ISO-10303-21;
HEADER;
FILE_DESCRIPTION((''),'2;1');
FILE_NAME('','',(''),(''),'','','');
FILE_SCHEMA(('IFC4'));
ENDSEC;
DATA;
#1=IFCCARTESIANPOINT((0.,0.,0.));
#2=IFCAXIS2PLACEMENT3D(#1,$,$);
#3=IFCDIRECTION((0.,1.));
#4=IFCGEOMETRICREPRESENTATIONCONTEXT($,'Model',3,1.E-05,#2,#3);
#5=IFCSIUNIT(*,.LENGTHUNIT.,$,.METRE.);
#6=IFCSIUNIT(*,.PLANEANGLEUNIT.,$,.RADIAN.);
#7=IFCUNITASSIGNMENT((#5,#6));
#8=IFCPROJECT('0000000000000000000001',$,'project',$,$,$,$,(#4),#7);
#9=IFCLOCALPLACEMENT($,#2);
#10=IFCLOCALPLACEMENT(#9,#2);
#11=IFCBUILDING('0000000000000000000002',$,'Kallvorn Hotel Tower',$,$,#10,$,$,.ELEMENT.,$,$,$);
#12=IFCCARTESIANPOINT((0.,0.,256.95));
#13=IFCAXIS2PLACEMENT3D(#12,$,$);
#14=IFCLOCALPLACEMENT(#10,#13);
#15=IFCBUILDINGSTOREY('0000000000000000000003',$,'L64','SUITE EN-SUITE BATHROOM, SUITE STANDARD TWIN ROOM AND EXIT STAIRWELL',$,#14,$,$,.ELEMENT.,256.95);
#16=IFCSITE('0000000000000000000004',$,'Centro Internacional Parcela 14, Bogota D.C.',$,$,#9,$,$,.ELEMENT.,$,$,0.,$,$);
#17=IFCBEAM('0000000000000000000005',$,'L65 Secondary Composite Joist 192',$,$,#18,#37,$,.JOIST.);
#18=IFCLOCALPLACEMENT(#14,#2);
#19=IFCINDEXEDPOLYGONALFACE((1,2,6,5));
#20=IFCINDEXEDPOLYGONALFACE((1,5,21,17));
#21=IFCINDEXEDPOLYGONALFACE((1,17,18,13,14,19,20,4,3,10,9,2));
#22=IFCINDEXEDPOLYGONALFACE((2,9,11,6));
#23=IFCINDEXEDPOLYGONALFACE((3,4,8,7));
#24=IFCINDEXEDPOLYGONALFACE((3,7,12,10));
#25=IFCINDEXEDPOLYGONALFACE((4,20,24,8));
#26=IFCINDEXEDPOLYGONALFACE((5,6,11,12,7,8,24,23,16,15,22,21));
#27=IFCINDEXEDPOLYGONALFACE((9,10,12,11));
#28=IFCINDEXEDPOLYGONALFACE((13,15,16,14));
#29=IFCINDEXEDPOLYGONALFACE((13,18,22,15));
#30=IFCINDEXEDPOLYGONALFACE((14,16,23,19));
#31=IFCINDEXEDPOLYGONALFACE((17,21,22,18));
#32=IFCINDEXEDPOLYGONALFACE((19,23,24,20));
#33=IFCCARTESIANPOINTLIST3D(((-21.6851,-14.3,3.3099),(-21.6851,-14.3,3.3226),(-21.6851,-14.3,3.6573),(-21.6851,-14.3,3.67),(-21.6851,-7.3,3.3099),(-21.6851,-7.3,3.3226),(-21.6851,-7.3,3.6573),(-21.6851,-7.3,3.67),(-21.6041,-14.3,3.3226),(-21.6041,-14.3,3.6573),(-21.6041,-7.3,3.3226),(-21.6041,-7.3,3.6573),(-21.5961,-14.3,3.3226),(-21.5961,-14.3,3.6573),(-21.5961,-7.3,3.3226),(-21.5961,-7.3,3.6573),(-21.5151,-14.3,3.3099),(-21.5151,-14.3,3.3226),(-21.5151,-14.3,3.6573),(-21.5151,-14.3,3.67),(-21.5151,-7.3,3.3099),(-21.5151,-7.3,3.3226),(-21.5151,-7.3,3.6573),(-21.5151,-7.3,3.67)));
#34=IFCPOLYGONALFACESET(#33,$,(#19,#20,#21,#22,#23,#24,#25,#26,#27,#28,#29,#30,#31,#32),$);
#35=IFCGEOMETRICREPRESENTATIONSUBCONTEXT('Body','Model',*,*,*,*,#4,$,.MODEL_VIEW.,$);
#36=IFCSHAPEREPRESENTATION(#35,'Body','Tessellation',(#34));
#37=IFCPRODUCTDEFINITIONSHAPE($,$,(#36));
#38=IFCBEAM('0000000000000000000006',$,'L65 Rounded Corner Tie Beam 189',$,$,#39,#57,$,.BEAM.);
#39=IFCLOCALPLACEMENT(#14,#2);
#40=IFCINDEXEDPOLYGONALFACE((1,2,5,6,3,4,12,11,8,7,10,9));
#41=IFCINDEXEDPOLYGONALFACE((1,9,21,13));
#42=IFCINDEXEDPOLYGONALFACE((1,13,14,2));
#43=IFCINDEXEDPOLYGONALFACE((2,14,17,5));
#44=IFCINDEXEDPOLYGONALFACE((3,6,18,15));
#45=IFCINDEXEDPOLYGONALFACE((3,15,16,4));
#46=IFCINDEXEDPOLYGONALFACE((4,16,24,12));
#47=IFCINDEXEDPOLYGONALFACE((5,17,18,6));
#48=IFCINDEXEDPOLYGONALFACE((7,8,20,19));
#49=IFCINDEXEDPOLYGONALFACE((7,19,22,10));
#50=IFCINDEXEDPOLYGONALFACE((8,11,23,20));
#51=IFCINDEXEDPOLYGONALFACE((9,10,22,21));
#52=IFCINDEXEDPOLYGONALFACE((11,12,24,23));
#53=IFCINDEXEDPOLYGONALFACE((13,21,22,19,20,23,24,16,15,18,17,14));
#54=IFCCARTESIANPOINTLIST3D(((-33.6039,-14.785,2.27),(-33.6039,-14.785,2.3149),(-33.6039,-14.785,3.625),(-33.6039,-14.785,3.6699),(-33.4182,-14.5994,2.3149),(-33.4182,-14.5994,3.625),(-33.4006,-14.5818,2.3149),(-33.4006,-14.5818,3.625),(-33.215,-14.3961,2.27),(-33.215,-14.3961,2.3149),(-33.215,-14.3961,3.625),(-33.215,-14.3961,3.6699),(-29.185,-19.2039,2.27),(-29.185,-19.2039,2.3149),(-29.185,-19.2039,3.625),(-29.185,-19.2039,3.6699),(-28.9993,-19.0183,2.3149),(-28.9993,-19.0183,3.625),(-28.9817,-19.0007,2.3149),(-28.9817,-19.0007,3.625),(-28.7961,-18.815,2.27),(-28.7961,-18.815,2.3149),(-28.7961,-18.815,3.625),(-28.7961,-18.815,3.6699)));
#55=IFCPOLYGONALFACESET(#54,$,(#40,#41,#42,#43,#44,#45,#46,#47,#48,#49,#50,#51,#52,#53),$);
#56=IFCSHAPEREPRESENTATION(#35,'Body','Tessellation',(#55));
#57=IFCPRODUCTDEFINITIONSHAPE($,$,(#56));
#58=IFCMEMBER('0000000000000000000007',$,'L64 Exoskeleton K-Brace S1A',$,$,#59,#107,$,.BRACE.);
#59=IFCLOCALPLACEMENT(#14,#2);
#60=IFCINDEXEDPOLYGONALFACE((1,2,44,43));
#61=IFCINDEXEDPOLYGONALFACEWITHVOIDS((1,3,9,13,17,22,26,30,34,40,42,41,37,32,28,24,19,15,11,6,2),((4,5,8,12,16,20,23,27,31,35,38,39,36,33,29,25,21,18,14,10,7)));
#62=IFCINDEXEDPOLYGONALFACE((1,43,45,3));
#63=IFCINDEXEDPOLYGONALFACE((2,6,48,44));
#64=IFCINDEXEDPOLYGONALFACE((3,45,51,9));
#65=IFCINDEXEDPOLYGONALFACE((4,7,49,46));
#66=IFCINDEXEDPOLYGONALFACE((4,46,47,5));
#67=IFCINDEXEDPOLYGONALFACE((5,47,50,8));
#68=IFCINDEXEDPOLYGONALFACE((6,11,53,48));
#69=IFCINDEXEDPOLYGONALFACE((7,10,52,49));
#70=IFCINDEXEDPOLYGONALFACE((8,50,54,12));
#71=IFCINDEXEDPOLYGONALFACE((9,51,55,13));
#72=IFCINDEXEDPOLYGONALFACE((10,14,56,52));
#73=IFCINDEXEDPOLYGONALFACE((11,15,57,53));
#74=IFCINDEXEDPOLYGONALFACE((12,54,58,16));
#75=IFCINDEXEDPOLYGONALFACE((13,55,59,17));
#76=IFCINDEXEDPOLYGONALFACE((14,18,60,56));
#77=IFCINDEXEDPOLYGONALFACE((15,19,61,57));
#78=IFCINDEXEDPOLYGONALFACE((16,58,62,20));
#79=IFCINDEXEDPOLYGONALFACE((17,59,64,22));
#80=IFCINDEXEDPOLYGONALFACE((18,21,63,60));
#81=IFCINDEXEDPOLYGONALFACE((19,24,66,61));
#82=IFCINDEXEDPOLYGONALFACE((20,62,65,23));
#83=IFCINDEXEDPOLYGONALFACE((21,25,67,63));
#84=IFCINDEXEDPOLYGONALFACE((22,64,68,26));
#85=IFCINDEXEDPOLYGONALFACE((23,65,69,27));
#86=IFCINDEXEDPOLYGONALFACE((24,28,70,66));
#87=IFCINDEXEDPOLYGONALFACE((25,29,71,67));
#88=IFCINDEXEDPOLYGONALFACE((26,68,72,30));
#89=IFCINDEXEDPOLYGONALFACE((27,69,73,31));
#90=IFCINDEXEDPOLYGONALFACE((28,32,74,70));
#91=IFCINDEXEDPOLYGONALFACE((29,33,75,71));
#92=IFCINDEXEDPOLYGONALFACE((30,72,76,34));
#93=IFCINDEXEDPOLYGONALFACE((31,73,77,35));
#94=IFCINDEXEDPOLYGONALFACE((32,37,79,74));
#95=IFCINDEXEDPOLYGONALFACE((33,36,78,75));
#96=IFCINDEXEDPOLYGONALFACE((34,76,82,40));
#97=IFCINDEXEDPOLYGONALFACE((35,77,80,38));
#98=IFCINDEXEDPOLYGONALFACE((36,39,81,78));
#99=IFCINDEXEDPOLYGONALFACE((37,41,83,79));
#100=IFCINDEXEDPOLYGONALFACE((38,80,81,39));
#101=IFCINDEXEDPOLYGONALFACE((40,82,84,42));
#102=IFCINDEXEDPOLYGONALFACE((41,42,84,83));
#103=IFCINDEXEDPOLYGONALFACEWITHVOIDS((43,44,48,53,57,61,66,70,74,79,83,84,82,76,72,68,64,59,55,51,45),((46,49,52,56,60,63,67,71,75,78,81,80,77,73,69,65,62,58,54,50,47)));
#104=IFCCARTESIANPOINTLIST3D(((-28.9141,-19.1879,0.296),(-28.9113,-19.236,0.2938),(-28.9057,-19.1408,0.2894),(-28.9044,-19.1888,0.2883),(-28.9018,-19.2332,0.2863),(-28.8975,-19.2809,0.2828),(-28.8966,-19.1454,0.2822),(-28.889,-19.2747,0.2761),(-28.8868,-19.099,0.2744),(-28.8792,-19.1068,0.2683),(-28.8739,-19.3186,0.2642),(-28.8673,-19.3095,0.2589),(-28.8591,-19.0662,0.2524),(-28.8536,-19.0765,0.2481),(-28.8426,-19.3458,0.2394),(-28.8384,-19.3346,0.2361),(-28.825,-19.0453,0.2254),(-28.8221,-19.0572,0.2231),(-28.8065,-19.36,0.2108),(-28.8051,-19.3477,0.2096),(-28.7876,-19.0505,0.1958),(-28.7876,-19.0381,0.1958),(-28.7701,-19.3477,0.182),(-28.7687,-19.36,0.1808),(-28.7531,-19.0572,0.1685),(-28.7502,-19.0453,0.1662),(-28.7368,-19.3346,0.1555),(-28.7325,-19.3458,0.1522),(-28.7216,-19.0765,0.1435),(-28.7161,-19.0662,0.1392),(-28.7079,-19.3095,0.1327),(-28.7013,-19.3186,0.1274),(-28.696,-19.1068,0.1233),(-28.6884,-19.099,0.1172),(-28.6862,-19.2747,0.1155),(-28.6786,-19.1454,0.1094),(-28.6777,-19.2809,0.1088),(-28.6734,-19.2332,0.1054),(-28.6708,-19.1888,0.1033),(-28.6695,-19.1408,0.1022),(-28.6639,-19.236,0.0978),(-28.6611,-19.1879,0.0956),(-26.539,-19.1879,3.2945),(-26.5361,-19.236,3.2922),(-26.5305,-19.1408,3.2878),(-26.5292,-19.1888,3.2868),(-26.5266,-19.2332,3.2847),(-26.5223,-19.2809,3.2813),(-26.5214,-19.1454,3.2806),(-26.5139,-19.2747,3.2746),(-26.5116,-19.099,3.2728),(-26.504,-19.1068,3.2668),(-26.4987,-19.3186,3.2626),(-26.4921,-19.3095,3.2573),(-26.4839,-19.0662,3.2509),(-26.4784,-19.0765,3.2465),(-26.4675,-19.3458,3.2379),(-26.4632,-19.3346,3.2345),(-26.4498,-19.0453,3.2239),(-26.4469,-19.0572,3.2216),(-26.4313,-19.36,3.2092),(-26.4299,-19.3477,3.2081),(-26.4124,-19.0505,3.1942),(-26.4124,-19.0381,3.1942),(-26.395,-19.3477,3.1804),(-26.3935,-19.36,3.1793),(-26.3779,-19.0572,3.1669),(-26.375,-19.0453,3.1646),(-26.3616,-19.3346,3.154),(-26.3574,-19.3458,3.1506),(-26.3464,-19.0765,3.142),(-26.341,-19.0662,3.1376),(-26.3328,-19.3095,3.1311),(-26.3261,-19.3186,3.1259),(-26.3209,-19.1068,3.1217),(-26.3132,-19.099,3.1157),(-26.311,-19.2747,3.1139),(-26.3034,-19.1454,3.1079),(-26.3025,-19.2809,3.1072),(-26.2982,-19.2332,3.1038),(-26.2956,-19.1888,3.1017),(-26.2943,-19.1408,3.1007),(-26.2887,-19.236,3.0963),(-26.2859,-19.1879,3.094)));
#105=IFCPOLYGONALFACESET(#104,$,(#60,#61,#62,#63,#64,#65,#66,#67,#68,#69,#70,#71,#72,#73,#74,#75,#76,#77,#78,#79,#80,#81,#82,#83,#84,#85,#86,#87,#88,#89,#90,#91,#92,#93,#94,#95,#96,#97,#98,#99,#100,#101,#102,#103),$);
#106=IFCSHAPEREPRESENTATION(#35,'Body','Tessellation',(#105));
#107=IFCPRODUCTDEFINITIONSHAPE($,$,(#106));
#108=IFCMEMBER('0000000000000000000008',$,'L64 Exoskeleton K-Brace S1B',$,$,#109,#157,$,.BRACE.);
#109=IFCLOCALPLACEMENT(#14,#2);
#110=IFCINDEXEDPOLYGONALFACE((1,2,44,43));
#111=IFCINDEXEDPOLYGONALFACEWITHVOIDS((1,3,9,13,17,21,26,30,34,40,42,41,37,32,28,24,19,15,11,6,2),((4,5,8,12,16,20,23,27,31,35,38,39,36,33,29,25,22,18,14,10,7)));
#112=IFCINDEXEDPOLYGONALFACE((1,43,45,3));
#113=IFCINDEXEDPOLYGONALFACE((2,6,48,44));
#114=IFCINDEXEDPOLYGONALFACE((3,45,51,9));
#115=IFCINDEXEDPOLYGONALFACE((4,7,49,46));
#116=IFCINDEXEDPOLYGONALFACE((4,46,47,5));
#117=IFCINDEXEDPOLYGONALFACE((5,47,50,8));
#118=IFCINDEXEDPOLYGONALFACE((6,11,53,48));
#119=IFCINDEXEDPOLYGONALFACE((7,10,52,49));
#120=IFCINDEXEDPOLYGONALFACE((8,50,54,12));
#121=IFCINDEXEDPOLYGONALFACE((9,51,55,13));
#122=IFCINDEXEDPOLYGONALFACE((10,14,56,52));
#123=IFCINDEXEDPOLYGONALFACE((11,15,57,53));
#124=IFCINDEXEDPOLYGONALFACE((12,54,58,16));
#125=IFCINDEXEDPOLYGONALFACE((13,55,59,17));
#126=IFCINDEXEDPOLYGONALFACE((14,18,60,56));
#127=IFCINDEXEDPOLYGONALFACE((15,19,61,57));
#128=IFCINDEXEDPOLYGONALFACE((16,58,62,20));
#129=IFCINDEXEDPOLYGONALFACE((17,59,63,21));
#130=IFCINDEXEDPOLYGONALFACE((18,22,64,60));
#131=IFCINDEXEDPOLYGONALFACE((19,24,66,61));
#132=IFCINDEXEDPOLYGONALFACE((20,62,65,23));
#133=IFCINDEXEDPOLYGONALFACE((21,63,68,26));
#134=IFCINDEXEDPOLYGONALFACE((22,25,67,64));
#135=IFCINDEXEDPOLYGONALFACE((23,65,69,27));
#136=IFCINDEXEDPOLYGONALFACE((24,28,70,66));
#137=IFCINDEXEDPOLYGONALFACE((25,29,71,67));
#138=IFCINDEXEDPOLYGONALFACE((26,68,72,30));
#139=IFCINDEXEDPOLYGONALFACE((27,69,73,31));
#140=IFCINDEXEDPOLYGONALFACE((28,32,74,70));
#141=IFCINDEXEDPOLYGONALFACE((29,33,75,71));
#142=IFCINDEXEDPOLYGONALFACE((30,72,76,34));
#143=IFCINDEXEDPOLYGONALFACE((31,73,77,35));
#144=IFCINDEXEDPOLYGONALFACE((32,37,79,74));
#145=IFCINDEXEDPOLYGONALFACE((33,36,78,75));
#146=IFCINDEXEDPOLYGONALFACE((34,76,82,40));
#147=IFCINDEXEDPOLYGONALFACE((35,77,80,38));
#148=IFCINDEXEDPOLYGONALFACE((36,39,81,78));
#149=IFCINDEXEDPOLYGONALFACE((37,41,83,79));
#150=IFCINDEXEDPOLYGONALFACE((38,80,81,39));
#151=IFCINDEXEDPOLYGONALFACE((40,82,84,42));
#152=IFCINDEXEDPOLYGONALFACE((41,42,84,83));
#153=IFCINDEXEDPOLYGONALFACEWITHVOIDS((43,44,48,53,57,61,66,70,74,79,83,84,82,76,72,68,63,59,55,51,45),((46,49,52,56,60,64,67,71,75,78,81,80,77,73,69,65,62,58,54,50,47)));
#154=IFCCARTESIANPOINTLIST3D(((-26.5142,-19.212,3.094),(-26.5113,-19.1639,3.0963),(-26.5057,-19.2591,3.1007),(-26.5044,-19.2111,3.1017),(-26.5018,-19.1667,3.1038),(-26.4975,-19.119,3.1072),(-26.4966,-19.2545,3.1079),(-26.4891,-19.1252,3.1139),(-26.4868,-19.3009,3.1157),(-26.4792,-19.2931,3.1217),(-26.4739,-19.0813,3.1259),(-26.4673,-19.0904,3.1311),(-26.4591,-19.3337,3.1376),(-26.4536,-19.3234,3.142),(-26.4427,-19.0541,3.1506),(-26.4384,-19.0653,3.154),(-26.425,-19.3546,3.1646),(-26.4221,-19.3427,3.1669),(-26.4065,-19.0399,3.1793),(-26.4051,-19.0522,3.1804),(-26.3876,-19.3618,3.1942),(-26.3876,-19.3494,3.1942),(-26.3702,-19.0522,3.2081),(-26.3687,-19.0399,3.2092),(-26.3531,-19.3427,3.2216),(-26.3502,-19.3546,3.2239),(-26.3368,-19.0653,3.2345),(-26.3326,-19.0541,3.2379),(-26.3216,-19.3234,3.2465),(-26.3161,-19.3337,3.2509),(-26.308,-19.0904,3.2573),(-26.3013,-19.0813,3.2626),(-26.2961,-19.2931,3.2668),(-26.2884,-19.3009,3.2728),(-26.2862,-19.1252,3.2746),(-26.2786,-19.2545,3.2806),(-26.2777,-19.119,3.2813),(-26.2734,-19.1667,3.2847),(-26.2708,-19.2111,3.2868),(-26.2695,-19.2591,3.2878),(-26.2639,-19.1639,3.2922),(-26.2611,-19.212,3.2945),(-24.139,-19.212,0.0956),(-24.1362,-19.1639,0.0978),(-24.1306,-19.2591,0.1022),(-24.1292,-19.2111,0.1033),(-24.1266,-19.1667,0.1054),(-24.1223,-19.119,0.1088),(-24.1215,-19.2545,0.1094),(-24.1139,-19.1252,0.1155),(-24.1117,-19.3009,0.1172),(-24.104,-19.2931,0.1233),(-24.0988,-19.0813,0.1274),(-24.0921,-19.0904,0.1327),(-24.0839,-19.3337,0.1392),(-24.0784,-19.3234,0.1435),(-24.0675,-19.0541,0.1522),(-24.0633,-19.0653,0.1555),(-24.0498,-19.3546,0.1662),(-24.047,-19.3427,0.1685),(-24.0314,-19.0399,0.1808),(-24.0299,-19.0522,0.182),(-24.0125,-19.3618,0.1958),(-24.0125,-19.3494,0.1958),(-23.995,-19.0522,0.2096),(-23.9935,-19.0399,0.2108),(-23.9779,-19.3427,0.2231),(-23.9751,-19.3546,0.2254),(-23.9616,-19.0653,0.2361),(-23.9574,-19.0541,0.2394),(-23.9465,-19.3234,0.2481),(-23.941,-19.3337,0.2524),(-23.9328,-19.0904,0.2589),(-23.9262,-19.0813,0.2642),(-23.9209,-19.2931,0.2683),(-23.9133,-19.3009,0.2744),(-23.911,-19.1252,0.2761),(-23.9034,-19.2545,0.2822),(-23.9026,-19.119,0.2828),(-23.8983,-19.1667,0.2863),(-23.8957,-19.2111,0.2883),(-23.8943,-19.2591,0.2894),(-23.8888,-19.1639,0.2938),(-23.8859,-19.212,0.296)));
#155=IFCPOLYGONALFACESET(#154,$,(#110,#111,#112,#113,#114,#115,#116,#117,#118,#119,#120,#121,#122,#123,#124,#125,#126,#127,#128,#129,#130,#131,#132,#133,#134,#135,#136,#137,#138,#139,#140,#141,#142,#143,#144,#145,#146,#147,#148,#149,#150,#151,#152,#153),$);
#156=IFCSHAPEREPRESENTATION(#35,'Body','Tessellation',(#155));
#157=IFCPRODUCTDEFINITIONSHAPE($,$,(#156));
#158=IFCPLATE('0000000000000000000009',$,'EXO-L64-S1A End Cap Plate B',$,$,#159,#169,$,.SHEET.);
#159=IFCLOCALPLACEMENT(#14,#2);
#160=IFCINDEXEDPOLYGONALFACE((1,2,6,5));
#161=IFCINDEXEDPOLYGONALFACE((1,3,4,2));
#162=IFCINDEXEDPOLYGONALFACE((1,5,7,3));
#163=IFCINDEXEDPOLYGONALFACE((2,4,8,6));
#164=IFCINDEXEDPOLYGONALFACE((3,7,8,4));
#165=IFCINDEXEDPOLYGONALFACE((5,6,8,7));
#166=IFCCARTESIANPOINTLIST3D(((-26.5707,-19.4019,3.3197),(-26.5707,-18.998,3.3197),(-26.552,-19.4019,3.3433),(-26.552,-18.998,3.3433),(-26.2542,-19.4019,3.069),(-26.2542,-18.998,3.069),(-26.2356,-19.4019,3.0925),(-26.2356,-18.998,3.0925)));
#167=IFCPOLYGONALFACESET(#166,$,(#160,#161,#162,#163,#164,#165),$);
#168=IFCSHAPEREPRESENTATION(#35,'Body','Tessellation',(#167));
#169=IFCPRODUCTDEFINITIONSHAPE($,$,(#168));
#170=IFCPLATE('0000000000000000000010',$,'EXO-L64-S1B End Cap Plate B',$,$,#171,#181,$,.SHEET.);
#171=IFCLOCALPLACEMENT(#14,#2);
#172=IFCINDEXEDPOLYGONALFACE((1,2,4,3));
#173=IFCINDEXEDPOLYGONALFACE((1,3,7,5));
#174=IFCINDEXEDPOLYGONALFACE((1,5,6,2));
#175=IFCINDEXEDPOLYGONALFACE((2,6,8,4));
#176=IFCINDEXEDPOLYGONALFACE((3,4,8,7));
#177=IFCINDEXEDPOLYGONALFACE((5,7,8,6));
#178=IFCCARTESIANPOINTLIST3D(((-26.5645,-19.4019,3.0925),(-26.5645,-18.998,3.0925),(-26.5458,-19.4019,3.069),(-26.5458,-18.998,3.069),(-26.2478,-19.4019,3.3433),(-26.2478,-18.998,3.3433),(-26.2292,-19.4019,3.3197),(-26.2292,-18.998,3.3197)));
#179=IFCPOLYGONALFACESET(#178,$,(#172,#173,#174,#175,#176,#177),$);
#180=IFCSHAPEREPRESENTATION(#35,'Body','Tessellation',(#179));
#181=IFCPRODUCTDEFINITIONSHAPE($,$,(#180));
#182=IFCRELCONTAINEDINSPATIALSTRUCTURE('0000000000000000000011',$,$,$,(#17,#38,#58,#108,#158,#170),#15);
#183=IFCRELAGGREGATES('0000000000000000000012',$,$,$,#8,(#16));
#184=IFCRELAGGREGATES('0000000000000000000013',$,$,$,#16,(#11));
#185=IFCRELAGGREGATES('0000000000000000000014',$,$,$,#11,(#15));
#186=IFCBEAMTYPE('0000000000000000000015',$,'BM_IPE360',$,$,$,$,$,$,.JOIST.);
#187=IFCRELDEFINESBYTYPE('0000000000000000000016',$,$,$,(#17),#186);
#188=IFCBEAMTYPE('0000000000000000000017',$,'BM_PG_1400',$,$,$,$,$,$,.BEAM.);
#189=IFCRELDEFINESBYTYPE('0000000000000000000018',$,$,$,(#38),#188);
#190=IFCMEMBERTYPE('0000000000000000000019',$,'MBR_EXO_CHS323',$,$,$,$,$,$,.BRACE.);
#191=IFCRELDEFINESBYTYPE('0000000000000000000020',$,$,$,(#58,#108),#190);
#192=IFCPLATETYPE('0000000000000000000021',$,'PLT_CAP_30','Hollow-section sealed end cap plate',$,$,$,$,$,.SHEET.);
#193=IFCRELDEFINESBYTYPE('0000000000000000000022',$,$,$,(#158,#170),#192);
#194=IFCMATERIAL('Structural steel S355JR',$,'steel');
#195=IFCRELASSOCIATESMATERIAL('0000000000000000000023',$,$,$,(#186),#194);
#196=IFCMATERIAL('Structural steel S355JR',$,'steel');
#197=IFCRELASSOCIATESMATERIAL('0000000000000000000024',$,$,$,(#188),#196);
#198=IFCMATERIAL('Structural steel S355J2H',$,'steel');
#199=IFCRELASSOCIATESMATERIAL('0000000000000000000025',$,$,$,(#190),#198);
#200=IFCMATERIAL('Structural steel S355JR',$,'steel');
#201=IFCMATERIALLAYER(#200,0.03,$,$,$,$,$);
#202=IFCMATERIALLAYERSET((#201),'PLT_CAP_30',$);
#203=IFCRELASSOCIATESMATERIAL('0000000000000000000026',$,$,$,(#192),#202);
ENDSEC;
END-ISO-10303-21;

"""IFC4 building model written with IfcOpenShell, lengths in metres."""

from ifc_helpers import new_model, si_unit, direction, frame, origin, origin_2d, place, context, subcontext, project, spatial, polyline, hollow_circle, i_section, outline, extrude, material, layer, layer_set, material_profile, profile_set, type_object, element, save


model = new_model("IFC4")

# Units and contexts
model_context = context("Model", 3, precision=1e-05, world=origin(), true_north=direction((0.0, 1.0)))
body_context = subcontext(model_context, "Body", "Model", "MODEL_VIEW")
ifc_project = project(units=[si_unit("LENGTHUNIT", "METRE"), si_unit("PLANEANGLEUNIT", "RADIAN")], contexts=[model_context])

# Site, building, storey
site_placement = place(None, origin())
site = spatial("IfcSite", under=ifc_project, at=site_placement, Name="Centro Internacional Parcela 14, Bogota D.C.", CompositionType="ELEMENT", RefElevation=0.0)
building_placement = place(site_placement, origin())
building = spatial("IfcBuilding", under=site, at=building_placement, Name="Kallvorn Hotel Tower", CompositionType="ELEMENT")
storey_placement = place(building_placement, frame((0.0, 0.0, 256.95)))
storey = spatial("IfcBuildingStorey", under=building, at=storey_placement, Name="L64", Description="SUITE EN-SUITE BATHROOM, SUITE STANDARD TWIN ROOM AND EXIT STAIRWELL", CompositionType="ELEMENT", Elevation=256.95)

# Beams
ifc_material_1 = material(Name="Structural steel S355JR", Category="steel")
ifc_material_profile_1 = material_profile(ifc_material_1, i_section(OverallWidth=0.1699, OverallDepth=0.3601, WebThickness=0.0081, FlangeThickness=0.0127, at=origin_2d()), Name="IPE 360")
ifc_profile_set_1 = profile_set([ifc_material_profile_1], Name="Structural steel S355JR")
beam_type_1 = type_object("IfcBeamType", Name="BM_IPE360", PredefinedType="JOIST", material=ifc_profile_set_1)
beam_1_placement = place(storey_placement, frame((-21.6001, -14.3, 3.49), z_axis=(0.0, 1.0, 0.0), x_axis=(-1.0, 0.0, 0.0)))
element("IfcBeam", 1, at=beam_1_placement, inside=storey, type_object=beam_type_1, Name="L65 Secondary Composite Joist 192", PredefinedType="JOIST", context=body_context, shape_type="SweptSolid", body=[
    extrude(i_section(OverallWidth=0.1699, OverallDepth=0.3601, WebThickness=0.0081, FlangeThickness=0.0127, at=origin_2d()), origin(), (0.0, 0.0, 1.0), 7.0),
])
ifc_material_2 = material(Name="Structural steel S355JR", Category="steel")
ifc_material_profile_2 = material_profile(ifc_material_2, i_section(OverallWidth=0.55, OverallDepth=1.3999, WebThickness=0.0249, FlangeThickness=0.0449, at=origin_2d()), Name="PG 1400x550x25x45")
ifc_profile_set_2 = profile_set([ifc_material_profile_2], Name="Structural steel S355JR")
beam_type_2 = type_object("IfcBeamType", Name="BM_PG_1400", PredefinedType="BEAM", material=ifc_profile_set_2)
beam_2_placement = place(storey_placement, frame((-33.4094, -14.5906, 2.97), z_axis=(0.707107, -0.707107, 0.0), x_axis=(0.707107, 0.707107, 0.0)))
element("IfcBeam", 2, at=beam_2_placement, inside=storey, type_object=beam_type_2, Name="L65 Rounded Corner Tie Beam 189", PredefinedType="BEAM", context=body_context, shape_type="SweptSolid", body=[
    extrude(i_section(OverallWidth=0.55, OverallDepth=1.3999, WebThickness=0.0249, FlangeThickness=0.0449, at=origin_2d()), origin(), (0.0, 0.0, 1.0), 6.2493),
])

# Members
ifc_material_3 = material(Name="Structural steel S355J2H", Category="steel")
ifc_material_profile_3 = material_profile(ifc_material_3, hollow_circle(Radius=0.1619, WallThickness=0.0125, at=origin_2d()), Name="CHS 323.9x12.5")
ifc_profile_set_3 = profile_set([ifc_material_profile_3], Name="Structural steel S355J2H")
member_type = type_object("IfcMemberType", Name="MBR_EXO_CHS323", PredefinedType="BRACE", material=ifc_profile_set_3)
for number, where, z_axis, x_axis, name in (
    (3, (-28.7876, -19.2, 0.1958), (0.620929, 0.0, 0.783867), (0.0, 1.0, 0.0), "L64 Exoskeleton K-Brace S1A"),
    (4, (-24.0125, -19.2, 0.1958), (-0.620929, 0.0, 0.783867), (0.0, -1.0, 0.0), "L64 Exoskeleton K-Brace S1B"),
):
    element("IfcMember", number, at=place(storey_placement, frame(where, z_axis=z_axis, x_axis=x_axis)), inside=storey, type_object=member_type, Name=name, PredefinedType="BRACE", context=body_context, shape_type="SweptSolid", body=[
        extrude(hollow_circle(Radius=0.1619, WallThickness=0.0125, at=origin_2d()), origin(), (0.0, 0.0, 1.0), 3.8252),
    ])

# Plates
ifc_material_4 = material(Name="Structural steel S355JR", Category="steel")
ifc_layer_1 = layer(ifc_material_4, 0.03)
ifc_layer_set_1 = layer_set([ifc_layer_1], Name="PLT_CAP_30")
plate_type_1 = type_object("IfcPlateType", Name="PLT_CAP_30", Description="Hollow-section sealed end cap plate", PredefinedType="SHEET", material=ifc_layer_set_1)
plate_1_placement = place(storey_placement, frame((-26.2356, -19.4019, 3.0925), z_axis=(0.621075, 0.0, 0.783751), x_axis=(0.0, 1.0, 0.0)))
element("IfcPlate", 5, at=plate_1_placement, inside=storey, type_object=plate_type_1, Name="EXO-L64-S1A End Cap Plate B", PredefinedType="SHEET", context=body_context, shape_type="SweptSolid", body=[
    extrude(outline(polyline([(0.0, 0.0), (0.4038, 0.0), (0.4038, 0.4037), (0.0, 0.4037), (0.0, 0.0)])), origin(), (0.0, 0.0, -1.0), 0.03),
])
plate_2_placement = place(storey_placement, frame((-26.5645, -18.998, 3.0925), z_axis=(-0.62078, 0.0, 0.783985), x_axis=(0.0, -1.0, 0.0)))
element("IfcPlate", 6, at=plate_2_placement, inside=storey, type_object=plate_type_1, Name="EXO-L64-S1B End Cap Plate B", PredefinedType="SHEET", context=body_context, shape_type="SweptSolid", body=[
    extrude(outline(polyline([(0.0, 0.0), (0.4038, 0.0), (0.4038, 0.4039), (0.0, 0.4039), (0.0, 0.0)])), origin(), (0.0, 0.0, -1.0), 0.03),
])

save(model, "model.ifc")
